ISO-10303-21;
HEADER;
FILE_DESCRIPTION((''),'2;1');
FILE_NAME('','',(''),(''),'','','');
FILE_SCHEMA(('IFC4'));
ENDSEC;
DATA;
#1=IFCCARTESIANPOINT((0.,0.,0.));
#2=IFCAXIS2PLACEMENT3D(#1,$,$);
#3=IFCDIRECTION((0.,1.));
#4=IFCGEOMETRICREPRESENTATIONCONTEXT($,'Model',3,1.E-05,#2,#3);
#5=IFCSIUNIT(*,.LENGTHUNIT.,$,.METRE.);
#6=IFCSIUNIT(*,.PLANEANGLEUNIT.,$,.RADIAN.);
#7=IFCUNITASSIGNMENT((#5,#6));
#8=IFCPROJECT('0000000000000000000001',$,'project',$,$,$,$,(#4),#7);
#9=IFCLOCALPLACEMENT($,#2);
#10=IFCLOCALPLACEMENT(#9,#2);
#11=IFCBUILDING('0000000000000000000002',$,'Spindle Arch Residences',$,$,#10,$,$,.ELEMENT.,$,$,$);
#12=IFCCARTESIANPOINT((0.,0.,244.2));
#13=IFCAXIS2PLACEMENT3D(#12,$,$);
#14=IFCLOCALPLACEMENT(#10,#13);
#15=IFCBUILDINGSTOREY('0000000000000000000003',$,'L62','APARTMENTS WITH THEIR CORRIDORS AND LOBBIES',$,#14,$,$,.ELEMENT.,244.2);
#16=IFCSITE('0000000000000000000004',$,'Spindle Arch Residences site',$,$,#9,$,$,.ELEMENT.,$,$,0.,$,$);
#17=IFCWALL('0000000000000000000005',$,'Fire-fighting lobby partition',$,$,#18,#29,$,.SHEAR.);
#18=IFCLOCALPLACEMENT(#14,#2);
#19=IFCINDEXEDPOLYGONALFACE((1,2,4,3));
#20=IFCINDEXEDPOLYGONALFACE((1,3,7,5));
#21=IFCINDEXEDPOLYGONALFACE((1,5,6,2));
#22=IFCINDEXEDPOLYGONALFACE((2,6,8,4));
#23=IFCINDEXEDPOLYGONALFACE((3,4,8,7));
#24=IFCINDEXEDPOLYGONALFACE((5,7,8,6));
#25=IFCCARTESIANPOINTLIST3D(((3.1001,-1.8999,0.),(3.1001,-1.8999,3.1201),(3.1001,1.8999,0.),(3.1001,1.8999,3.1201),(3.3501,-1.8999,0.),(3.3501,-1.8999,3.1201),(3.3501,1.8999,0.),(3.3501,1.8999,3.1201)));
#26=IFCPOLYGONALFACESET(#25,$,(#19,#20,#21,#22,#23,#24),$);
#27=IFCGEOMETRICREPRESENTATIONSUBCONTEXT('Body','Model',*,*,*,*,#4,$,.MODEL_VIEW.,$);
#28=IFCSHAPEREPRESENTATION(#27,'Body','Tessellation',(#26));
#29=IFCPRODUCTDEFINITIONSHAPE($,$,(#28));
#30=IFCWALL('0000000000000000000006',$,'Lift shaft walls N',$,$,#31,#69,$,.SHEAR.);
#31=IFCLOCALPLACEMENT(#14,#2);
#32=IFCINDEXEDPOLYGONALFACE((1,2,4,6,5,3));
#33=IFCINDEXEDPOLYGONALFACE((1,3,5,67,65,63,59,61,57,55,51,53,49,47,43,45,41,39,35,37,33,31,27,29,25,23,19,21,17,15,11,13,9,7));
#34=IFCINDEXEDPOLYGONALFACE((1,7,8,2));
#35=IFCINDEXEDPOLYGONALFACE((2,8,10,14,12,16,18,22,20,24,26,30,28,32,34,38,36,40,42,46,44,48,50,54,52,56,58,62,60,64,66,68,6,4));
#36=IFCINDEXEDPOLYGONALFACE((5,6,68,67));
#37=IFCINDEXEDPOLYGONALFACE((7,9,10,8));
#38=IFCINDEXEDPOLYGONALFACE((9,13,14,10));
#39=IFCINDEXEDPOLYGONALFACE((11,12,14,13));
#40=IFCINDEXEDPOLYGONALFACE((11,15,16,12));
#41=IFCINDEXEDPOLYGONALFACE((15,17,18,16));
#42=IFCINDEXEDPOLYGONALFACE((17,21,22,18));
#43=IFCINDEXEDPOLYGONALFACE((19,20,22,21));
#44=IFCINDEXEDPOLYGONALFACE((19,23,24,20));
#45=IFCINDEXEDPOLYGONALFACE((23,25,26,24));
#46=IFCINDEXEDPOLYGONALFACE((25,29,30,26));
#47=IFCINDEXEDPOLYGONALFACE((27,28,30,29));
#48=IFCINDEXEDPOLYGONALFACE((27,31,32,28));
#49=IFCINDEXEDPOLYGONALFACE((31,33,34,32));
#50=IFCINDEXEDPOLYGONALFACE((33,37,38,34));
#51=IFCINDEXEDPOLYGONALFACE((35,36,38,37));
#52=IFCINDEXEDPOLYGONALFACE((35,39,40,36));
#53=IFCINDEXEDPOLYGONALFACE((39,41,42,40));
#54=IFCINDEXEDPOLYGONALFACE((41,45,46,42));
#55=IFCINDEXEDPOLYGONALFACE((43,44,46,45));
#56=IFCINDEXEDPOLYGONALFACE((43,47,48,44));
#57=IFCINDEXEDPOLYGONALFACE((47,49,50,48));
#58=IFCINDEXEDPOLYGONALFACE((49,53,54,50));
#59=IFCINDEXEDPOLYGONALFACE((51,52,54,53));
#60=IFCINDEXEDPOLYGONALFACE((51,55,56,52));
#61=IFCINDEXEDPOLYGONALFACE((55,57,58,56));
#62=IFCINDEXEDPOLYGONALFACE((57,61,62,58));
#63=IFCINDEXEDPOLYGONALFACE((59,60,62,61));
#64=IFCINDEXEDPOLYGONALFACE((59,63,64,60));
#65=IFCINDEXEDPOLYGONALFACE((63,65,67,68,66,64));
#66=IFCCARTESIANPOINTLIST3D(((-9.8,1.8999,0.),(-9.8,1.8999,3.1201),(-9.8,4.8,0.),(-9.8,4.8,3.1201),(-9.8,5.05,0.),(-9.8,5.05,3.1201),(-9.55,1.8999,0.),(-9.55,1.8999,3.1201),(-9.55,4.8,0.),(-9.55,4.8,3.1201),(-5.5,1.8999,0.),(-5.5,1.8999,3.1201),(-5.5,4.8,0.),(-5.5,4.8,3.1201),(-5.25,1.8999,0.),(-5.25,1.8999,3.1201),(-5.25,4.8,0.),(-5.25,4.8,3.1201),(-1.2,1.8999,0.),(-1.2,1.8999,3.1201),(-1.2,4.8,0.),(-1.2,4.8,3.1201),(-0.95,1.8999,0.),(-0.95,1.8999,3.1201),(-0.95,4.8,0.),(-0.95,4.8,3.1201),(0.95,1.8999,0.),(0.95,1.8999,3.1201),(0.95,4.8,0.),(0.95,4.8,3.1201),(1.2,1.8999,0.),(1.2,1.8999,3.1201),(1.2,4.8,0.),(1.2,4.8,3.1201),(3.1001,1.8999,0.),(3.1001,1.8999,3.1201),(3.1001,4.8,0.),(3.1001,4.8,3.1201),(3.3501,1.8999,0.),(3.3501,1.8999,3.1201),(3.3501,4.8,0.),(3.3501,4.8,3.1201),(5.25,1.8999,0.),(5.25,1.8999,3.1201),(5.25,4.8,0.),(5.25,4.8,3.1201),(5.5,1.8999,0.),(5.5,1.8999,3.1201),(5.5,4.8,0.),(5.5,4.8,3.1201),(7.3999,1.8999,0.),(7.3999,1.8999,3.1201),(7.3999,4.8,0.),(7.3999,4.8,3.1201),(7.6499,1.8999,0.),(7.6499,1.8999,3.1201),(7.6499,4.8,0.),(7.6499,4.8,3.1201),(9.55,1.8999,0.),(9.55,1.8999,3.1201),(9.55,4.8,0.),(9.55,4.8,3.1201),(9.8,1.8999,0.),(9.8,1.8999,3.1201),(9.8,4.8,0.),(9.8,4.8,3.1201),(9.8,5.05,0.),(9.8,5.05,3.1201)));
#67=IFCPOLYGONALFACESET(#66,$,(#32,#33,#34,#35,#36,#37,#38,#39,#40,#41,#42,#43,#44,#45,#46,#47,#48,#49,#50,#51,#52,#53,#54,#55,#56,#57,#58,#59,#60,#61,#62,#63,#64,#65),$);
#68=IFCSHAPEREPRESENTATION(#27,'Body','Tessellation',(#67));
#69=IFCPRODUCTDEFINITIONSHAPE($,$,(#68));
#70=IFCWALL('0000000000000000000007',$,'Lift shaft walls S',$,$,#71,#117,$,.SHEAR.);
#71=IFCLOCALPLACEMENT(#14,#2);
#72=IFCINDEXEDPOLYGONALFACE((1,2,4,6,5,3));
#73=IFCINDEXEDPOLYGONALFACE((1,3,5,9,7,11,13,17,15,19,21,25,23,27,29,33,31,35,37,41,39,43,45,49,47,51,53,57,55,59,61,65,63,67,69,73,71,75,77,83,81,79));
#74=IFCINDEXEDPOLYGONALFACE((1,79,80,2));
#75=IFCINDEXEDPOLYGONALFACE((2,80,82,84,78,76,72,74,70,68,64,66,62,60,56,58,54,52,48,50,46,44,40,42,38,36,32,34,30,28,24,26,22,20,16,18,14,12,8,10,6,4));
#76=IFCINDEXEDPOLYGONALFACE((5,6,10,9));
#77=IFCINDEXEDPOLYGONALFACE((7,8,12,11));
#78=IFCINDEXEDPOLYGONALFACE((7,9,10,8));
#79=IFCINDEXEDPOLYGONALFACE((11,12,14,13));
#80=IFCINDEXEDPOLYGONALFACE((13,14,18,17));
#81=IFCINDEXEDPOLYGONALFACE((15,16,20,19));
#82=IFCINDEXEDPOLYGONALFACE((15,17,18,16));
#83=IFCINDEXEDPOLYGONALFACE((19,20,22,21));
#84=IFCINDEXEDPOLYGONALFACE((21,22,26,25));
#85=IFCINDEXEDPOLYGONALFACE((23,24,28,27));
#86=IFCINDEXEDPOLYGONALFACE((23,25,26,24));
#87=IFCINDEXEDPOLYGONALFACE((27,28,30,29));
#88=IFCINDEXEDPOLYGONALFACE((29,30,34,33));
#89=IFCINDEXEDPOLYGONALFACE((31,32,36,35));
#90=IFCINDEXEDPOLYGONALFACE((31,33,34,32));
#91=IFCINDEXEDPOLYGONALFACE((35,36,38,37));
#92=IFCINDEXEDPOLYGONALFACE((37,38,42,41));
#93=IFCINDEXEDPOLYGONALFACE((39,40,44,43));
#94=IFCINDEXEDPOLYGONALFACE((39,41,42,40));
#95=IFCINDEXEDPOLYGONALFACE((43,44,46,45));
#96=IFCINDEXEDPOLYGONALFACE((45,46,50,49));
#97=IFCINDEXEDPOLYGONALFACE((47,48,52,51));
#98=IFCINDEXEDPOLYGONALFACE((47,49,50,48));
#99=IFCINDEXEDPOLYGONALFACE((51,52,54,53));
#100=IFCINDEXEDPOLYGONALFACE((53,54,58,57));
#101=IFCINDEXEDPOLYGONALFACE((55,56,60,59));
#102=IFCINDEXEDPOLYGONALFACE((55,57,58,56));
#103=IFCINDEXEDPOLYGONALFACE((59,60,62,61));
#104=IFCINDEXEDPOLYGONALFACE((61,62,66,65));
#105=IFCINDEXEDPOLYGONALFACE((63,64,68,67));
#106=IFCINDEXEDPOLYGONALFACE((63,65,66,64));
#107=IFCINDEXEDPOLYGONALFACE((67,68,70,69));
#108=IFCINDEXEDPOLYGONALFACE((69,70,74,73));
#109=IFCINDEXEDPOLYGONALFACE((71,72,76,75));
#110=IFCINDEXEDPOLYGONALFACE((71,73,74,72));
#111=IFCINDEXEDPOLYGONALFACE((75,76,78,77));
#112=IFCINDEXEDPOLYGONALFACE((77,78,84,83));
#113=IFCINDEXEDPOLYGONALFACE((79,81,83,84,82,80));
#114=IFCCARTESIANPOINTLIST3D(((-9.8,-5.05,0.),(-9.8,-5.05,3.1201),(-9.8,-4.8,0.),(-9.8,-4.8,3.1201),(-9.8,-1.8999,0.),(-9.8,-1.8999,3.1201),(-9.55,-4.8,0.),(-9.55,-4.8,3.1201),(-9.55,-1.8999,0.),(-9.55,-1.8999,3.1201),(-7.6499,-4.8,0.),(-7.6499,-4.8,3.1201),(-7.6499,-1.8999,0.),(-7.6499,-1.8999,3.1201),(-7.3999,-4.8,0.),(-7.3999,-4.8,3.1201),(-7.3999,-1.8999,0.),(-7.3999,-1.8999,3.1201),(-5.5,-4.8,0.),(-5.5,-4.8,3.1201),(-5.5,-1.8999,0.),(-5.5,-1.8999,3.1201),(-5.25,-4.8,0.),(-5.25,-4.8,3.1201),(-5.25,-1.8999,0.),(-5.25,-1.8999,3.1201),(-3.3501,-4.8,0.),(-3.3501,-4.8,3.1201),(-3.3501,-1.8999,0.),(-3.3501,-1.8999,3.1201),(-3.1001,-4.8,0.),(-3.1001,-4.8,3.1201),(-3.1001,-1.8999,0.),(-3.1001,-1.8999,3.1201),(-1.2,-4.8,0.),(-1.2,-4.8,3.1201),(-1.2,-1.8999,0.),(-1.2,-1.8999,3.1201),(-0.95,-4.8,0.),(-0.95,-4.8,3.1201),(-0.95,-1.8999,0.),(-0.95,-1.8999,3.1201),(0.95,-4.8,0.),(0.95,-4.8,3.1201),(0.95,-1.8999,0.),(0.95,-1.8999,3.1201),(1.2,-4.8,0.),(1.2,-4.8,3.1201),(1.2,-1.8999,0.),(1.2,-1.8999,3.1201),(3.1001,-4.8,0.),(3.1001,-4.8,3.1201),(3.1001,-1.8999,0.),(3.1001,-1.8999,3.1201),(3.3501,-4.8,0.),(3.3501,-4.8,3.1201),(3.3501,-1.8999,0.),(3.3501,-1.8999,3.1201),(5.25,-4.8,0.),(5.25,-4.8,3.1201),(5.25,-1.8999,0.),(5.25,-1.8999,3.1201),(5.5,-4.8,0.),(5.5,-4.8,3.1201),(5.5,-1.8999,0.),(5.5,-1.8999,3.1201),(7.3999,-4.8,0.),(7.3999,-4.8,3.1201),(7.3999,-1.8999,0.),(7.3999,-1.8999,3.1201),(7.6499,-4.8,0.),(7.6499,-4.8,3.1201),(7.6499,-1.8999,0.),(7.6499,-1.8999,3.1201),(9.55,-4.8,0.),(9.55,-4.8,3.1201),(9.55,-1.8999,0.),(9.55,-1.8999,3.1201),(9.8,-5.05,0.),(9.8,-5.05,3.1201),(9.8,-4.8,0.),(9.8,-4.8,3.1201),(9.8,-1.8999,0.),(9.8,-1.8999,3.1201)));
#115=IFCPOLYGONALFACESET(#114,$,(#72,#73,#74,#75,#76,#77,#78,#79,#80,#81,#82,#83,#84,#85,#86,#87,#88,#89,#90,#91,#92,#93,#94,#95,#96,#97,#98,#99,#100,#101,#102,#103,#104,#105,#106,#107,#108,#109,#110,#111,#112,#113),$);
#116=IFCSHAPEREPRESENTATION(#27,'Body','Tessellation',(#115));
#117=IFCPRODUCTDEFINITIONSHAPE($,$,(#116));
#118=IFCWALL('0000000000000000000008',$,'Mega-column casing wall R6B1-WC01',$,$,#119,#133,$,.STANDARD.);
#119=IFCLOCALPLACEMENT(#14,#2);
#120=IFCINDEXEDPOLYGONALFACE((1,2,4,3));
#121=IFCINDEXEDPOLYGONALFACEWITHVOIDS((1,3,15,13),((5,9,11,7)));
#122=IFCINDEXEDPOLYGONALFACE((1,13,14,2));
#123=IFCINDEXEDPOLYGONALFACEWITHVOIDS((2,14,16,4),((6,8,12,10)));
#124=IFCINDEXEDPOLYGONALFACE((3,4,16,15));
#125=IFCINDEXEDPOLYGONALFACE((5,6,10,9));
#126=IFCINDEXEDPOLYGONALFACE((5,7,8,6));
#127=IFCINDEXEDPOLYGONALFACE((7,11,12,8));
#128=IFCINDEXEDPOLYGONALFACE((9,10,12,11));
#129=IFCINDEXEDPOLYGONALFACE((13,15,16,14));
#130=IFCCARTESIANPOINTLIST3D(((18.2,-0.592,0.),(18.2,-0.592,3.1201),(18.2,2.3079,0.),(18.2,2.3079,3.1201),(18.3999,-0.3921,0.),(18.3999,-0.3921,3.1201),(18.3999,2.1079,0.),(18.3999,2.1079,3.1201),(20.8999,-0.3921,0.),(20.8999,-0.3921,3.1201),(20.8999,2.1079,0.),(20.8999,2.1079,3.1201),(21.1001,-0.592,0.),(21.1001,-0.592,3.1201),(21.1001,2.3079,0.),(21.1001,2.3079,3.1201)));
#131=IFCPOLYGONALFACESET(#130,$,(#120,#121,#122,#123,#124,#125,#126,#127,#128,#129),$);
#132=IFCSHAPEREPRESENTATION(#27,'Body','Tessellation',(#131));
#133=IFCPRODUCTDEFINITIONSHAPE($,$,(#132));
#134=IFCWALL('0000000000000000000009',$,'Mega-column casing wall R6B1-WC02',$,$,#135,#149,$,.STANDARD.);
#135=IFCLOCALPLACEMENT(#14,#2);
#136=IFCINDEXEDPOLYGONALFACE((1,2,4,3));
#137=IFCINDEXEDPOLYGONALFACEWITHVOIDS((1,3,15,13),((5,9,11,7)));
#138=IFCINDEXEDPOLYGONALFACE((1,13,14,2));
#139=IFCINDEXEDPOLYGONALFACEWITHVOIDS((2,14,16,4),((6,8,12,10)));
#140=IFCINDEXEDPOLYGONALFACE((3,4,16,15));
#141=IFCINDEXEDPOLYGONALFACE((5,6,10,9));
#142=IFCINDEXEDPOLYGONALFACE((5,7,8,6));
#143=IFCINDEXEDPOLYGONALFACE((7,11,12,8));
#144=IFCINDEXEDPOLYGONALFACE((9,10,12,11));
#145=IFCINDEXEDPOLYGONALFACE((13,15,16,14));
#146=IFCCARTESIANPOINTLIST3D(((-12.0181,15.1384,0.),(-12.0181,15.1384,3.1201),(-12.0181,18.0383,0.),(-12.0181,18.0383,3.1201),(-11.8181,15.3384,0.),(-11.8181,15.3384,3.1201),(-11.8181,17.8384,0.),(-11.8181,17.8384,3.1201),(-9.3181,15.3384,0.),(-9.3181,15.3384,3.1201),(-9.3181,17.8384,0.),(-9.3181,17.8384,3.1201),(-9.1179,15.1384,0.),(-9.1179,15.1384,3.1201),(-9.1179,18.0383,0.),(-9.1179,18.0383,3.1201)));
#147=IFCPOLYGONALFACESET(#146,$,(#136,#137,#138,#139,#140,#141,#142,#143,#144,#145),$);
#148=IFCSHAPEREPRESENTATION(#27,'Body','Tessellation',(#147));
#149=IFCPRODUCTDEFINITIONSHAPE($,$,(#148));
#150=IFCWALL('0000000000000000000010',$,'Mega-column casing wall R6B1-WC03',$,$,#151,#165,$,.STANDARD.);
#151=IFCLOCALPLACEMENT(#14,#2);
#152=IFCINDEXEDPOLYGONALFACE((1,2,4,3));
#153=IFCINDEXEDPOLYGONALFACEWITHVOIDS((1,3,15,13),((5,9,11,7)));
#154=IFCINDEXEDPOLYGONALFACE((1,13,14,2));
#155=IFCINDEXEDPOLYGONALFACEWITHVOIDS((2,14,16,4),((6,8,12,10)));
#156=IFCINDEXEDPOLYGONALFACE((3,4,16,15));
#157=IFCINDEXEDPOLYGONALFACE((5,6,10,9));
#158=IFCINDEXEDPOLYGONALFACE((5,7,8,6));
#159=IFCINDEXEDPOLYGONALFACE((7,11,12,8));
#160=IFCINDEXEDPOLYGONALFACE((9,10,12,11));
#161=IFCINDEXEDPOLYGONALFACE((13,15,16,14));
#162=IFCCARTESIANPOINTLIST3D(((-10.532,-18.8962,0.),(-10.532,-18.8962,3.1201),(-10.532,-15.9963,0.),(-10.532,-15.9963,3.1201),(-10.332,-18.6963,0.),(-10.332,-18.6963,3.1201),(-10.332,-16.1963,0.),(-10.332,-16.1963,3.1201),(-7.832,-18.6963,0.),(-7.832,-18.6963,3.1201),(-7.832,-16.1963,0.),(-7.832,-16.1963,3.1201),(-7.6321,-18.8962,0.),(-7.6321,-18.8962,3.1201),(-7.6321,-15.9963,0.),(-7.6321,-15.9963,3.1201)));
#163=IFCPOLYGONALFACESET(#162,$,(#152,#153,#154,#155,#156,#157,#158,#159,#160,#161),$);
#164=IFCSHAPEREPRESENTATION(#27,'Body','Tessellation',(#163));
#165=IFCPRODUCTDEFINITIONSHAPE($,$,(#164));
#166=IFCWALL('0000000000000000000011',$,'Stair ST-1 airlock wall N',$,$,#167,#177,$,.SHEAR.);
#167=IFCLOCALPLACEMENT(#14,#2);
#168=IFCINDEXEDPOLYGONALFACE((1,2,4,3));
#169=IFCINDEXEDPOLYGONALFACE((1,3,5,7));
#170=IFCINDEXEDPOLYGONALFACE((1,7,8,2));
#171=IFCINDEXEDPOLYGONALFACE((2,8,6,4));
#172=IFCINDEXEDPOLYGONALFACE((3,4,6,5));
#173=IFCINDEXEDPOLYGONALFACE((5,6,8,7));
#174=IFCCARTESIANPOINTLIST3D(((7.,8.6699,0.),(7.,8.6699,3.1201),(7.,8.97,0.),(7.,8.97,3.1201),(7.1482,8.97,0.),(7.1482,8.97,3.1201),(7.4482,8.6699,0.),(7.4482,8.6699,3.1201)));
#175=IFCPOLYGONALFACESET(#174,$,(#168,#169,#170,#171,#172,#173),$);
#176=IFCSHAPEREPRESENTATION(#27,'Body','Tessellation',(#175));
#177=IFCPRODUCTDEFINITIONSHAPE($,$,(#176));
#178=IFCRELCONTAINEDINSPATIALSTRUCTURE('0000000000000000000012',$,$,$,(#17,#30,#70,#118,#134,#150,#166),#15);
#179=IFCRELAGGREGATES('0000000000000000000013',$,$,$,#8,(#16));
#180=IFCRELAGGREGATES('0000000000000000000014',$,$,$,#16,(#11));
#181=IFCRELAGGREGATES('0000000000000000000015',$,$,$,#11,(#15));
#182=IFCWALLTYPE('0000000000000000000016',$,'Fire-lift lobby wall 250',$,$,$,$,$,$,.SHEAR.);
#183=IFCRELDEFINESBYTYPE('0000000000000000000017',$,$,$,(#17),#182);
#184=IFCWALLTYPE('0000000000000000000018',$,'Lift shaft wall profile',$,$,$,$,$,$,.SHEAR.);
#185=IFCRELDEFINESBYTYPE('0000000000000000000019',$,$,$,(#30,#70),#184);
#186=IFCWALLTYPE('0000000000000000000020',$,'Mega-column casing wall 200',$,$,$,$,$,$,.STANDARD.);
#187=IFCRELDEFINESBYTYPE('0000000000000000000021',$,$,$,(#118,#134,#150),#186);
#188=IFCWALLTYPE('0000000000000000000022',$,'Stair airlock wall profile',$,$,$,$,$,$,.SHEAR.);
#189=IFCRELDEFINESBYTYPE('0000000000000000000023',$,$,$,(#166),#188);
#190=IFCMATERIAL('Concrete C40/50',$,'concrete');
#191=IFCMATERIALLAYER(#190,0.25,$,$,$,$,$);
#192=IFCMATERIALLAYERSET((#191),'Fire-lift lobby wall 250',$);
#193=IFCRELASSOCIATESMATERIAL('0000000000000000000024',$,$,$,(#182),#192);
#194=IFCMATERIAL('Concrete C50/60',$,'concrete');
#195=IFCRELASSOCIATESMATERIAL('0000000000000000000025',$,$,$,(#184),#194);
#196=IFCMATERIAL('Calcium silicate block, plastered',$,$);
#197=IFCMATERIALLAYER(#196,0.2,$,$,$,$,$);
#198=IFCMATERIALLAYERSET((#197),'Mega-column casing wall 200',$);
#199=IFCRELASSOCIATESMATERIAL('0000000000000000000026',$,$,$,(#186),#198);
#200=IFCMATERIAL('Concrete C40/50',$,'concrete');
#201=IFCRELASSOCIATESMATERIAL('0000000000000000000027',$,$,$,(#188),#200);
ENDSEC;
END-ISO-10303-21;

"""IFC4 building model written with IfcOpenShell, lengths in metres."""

from ifc_helpers import new_model, si_unit, direction, frame, frame_2d, origin, place, context, subcontext, project, spatial, polyline, rectangle, outline, extrude, material, layer, layer_set, type_object, element, save


model = new_model("IFC4")

# Units and contexts
model_context = context("Model", 3, precision=1e-05, world=origin(), true_north=direction((0.0, 1.0)))
body_context = subcontext(model_context, "Body", "Model", "MODEL_VIEW")
ifc_project = project(units=[si_unit("LENGTHUNIT", "METRE"), si_unit("PLANEANGLEUNIT", "RADIAN")], contexts=[model_context])

# Site, building, storey
site_placement = place(None, origin())
site = spatial("IfcSite", under=ifc_project, at=site_placement, Name="Spindle Arch Residences site", CompositionType="ELEMENT", RefElevation=0.0)
building_placement = place(site_placement, origin())
building = spatial("IfcBuilding", under=site, at=building_placement, Name="Spindle Arch Residences", CompositionType="ELEMENT")
storey_placement = place(building_placement, frame((0.0, 0.0, 244.2)))
storey = spatial("IfcBuildingStorey", under=building, at=storey_placement, Name="L62", Description="APARTMENTS WITH THEIR CORRIDORS AND LOBBIES", CompositionType="ELEMENT", Elevation=244.2)

# Wall
ifc_material_1 = material(Name="Concrete C40/50", Category="concrete")
ifc_layer_1 = layer(ifc_material_1, 0.25)
ifc_layer_set_1 = layer_set([ifc_layer_1], Name="Fire-lift lobby wall 250")
wall_type_1 = type_object("IfcWallType", Name="Fire-lift lobby wall 250", PredefinedType="SHEAR", material=ifc_layer_set_1)
wall_1_placement = place(storey_placement, frame((3.2251, -1.8999, 0.0), z_axis=(0.0, 0.0, 1.0), x_axis=(0.0, 1.0, 0.0)))
element("IfcWall", 1, at=wall_1_placement, inside=storey, type_object=wall_type_1, Name="Fire-fighting lobby partition", PredefinedType="SHEAR", context=body_context, shape_type="SweptSolid", body=[
    extrude(rectangle(XDim=3.7998, YDim=0.25, at=frame_2d((1.8999, 0.0))), origin(), (0.0, 0.0, 1.0), 3.1201),
])

# Walls
ifc_material_2 = material(Name="Concrete C50/60", Category="concrete")
wall_type_2 = type_object("IfcWallType", Name="Lift shaft wall profile", PredefinedType="SHEAR", material=ifc_material_2)
wall_2_placement = place(storey_placement, origin())
element("IfcWall", 2, at=wall_2_placement, inside=storey, type_object=wall_type_2, Name="Lift shaft walls N", PredefinedType="SHEAR", context=body_context, shape_type="SweptSolid", body=[
    extrude(outline(polyline([(-9.55, 4.8), (-5.5, 4.8), (-5.5, 1.8999), (-5.25, 1.8999), (-5.25, 4.8), (-1.2, 4.8), (-1.2, 1.8999), (-0.95, 1.8999), (-0.95, 4.8), (0.95, 4.8), (0.95, 1.8999), (1.2, 1.8999), (1.2, 4.8), (3.1001, 4.8), (3.1001, 1.8999), (3.3501, 1.8999), (3.3501, 4.8), (5.25, 4.8), (5.25, 1.8999), (5.5, 1.8999), (5.5, 4.8), (7.3999, 4.8), (7.3999, 1.8999), (7.6499, 1.8999), (7.6499, 4.8), (9.55, 4.8), (9.55, 1.8999), (9.8, 1.8999), (9.8, 4.8), (9.8, 5.05), (-9.8, 5.05), (-9.8, 4.8), (-9.8, 1.8999), (-9.55, 1.8999), (-9.55, 4.8)])), origin(), (0.0, 0.0, 1.0), 3.1201),
])
wall_3_placement = place(storey_placement, origin())
element("IfcWall", 3, at=wall_3_placement, inside=storey, type_object=wall_type_2, Name="Lift shaft walls S", PredefinedType="SHEAR", context=body_context, shape_type="SweptSolid", body=[
    extrude(outline(polyline([(9.8, -5.05), (9.8, -4.8), (9.8, -1.8999), (9.55, -1.8999), (9.55, -4.8), (7.6499, -4.8), (7.6499, -1.8999), (7.3999, -1.8999), (7.3999, -4.8), (5.5, -4.8), (5.5, -1.8999), (5.25, -1.8999), (5.25, -4.8), (3.3501, -4.8), (3.3501, -1.8999), (3.1001, -1.8999), (3.1001, -4.8), (1.2, -4.8), (1.2, -1.8999), (0.95, -1.8999), (0.95, -4.8), (-0.95, -4.8), (-0.95, -1.8999), (-1.2, -1.8999), (-1.2, -4.8), (-3.1001, -4.8), (-3.1001, -1.8999), (-3.3501, -1.8999), (-3.3501, -4.8), (-5.25, -4.8), (-5.25, -1.8999), (-5.5, -1.8999), (-5.5, -4.8), (-7.3999, -4.8), (-7.3999, -1.8999), (-7.6499, -1.8999), (-7.6499, -4.8), (-9.55, -4.8), (-9.55, -1.8999), (-9.8, -1.8999), (-9.8, -4.8), (-9.8, -5.05), (9.8, -5.05)])), origin(), (0.0, 0.0, 1.0), 3.1201),
])
ifc_material_3 = material(Name="Calcium silicate block, plastered")
ifc_layer_2 = layer(ifc_material_3, 0.2)
ifc_layer_set_2 = layer_set([ifc_layer_2], Name="Mega-column casing wall 200")
wall_type_3 = type_object("IfcWallType", Name="Mega-column casing wall 200", PredefinedType="STANDARD", material=ifc_layer_set_2)
wall_4_placement = place(storey_placement, origin())
element("IfcWall", 4, at=wall_4_placement, inside=storey, type_object=wall_type_3, Name="Mega-column casing wall R6B1-WC01", PredefinedType="STANDARD", context=body_context, shape_type="SweptSolid", body=[
    extrude(outline(polyline([(21.1001, 2.3079), (21.1001, -0.592), (18.2, -0.592), (18.2, 2.3079), (21.1001, 2.3079)]), holes=[polyline([(18.3999, -0.3921), (20.8999, -0.3921), (20.8999, 2.1079), (18.3999, 2.1079), (18.3999, -0.3921)])]), origin(), (0.0, 0.0, 1.0), 3.1201),
])
wall_5_placement = place(storey_placement, origin())
element("IfcWall", 5, at=wall_5_placement, inside=storey, type_object=wall_type_3, Name="Mega-column casing wall R6B1-WC02", PredefinedType="STANDARD", context=body_context, shape_type="SweptSolid", body=[
    extrude(outline(polyline([(-9.1179, 18.0383), (-9.1179, 15.1384), (-12.0181, 15.1384), (-12.0181, 18.0383), (-9.1179, 18.0383)]), holes=[polyline([(-11.8181, 15.3384), (-9.3181, 15.3384), (-9.3181, 17.8384), (-11.8181, 17.8384), (-11.8181, 15.3384)])]), origin(), (0.0, 0.0, 1.0), 3.1201),
])
wall_6_placement = place(storey_placement, origin())
element("IfcWall", 6, at=wall_6_placement, inside=storey, type_object=wall_type_3, Name="Mega-column casing wall R6B1-WC03", PredefinedType="STANDARD", context=body_context, shape_type="SweptSolid", body=[
    extrude(outline(polyline([(-7.6321, -15.9963), (-7.6321, -18.8962), (-10.532, -18.8962), (-10.532, -15.9963), (-7.6321, -15.9963)]), holes=[polyline([(-10.332, -18.6963), (-7.832, -18.6963), (-7.832, -16.1963), (-10.332, -16.1963), (-10.332, -18.6963)])]), origin(), (0.0, 0.0, 1.0), 3.1201),
])
ifc_material_4 = material(Name="Concrete C40/50", Category="concrete")
wall_type_4 = type_object("IfcWallType", Name="Stair airlock wall profile", PredefinedType="SHEAR", material=ifc_material_4)
wall_7_placement = place(storey_placement, origin())
element("IfcWall", 7, at=wall_7_placement, inside=storey, type_object=wall_type_4, Name="Stair ST-1 airlock wall N", PredefinedType="SHEAR", context=body_context, shape_type="SweptSolid", body=[
    extrude(outline(polyline([(7.4482, 8.6699), (7.0, 8.6699), (7.0, 8.97), (7.1482, 8.97), (7.4482, 8.6699)])), origin(), (0.0, 0.0, 1.0), 3.1201),
])

save(model, "model.ifc")
